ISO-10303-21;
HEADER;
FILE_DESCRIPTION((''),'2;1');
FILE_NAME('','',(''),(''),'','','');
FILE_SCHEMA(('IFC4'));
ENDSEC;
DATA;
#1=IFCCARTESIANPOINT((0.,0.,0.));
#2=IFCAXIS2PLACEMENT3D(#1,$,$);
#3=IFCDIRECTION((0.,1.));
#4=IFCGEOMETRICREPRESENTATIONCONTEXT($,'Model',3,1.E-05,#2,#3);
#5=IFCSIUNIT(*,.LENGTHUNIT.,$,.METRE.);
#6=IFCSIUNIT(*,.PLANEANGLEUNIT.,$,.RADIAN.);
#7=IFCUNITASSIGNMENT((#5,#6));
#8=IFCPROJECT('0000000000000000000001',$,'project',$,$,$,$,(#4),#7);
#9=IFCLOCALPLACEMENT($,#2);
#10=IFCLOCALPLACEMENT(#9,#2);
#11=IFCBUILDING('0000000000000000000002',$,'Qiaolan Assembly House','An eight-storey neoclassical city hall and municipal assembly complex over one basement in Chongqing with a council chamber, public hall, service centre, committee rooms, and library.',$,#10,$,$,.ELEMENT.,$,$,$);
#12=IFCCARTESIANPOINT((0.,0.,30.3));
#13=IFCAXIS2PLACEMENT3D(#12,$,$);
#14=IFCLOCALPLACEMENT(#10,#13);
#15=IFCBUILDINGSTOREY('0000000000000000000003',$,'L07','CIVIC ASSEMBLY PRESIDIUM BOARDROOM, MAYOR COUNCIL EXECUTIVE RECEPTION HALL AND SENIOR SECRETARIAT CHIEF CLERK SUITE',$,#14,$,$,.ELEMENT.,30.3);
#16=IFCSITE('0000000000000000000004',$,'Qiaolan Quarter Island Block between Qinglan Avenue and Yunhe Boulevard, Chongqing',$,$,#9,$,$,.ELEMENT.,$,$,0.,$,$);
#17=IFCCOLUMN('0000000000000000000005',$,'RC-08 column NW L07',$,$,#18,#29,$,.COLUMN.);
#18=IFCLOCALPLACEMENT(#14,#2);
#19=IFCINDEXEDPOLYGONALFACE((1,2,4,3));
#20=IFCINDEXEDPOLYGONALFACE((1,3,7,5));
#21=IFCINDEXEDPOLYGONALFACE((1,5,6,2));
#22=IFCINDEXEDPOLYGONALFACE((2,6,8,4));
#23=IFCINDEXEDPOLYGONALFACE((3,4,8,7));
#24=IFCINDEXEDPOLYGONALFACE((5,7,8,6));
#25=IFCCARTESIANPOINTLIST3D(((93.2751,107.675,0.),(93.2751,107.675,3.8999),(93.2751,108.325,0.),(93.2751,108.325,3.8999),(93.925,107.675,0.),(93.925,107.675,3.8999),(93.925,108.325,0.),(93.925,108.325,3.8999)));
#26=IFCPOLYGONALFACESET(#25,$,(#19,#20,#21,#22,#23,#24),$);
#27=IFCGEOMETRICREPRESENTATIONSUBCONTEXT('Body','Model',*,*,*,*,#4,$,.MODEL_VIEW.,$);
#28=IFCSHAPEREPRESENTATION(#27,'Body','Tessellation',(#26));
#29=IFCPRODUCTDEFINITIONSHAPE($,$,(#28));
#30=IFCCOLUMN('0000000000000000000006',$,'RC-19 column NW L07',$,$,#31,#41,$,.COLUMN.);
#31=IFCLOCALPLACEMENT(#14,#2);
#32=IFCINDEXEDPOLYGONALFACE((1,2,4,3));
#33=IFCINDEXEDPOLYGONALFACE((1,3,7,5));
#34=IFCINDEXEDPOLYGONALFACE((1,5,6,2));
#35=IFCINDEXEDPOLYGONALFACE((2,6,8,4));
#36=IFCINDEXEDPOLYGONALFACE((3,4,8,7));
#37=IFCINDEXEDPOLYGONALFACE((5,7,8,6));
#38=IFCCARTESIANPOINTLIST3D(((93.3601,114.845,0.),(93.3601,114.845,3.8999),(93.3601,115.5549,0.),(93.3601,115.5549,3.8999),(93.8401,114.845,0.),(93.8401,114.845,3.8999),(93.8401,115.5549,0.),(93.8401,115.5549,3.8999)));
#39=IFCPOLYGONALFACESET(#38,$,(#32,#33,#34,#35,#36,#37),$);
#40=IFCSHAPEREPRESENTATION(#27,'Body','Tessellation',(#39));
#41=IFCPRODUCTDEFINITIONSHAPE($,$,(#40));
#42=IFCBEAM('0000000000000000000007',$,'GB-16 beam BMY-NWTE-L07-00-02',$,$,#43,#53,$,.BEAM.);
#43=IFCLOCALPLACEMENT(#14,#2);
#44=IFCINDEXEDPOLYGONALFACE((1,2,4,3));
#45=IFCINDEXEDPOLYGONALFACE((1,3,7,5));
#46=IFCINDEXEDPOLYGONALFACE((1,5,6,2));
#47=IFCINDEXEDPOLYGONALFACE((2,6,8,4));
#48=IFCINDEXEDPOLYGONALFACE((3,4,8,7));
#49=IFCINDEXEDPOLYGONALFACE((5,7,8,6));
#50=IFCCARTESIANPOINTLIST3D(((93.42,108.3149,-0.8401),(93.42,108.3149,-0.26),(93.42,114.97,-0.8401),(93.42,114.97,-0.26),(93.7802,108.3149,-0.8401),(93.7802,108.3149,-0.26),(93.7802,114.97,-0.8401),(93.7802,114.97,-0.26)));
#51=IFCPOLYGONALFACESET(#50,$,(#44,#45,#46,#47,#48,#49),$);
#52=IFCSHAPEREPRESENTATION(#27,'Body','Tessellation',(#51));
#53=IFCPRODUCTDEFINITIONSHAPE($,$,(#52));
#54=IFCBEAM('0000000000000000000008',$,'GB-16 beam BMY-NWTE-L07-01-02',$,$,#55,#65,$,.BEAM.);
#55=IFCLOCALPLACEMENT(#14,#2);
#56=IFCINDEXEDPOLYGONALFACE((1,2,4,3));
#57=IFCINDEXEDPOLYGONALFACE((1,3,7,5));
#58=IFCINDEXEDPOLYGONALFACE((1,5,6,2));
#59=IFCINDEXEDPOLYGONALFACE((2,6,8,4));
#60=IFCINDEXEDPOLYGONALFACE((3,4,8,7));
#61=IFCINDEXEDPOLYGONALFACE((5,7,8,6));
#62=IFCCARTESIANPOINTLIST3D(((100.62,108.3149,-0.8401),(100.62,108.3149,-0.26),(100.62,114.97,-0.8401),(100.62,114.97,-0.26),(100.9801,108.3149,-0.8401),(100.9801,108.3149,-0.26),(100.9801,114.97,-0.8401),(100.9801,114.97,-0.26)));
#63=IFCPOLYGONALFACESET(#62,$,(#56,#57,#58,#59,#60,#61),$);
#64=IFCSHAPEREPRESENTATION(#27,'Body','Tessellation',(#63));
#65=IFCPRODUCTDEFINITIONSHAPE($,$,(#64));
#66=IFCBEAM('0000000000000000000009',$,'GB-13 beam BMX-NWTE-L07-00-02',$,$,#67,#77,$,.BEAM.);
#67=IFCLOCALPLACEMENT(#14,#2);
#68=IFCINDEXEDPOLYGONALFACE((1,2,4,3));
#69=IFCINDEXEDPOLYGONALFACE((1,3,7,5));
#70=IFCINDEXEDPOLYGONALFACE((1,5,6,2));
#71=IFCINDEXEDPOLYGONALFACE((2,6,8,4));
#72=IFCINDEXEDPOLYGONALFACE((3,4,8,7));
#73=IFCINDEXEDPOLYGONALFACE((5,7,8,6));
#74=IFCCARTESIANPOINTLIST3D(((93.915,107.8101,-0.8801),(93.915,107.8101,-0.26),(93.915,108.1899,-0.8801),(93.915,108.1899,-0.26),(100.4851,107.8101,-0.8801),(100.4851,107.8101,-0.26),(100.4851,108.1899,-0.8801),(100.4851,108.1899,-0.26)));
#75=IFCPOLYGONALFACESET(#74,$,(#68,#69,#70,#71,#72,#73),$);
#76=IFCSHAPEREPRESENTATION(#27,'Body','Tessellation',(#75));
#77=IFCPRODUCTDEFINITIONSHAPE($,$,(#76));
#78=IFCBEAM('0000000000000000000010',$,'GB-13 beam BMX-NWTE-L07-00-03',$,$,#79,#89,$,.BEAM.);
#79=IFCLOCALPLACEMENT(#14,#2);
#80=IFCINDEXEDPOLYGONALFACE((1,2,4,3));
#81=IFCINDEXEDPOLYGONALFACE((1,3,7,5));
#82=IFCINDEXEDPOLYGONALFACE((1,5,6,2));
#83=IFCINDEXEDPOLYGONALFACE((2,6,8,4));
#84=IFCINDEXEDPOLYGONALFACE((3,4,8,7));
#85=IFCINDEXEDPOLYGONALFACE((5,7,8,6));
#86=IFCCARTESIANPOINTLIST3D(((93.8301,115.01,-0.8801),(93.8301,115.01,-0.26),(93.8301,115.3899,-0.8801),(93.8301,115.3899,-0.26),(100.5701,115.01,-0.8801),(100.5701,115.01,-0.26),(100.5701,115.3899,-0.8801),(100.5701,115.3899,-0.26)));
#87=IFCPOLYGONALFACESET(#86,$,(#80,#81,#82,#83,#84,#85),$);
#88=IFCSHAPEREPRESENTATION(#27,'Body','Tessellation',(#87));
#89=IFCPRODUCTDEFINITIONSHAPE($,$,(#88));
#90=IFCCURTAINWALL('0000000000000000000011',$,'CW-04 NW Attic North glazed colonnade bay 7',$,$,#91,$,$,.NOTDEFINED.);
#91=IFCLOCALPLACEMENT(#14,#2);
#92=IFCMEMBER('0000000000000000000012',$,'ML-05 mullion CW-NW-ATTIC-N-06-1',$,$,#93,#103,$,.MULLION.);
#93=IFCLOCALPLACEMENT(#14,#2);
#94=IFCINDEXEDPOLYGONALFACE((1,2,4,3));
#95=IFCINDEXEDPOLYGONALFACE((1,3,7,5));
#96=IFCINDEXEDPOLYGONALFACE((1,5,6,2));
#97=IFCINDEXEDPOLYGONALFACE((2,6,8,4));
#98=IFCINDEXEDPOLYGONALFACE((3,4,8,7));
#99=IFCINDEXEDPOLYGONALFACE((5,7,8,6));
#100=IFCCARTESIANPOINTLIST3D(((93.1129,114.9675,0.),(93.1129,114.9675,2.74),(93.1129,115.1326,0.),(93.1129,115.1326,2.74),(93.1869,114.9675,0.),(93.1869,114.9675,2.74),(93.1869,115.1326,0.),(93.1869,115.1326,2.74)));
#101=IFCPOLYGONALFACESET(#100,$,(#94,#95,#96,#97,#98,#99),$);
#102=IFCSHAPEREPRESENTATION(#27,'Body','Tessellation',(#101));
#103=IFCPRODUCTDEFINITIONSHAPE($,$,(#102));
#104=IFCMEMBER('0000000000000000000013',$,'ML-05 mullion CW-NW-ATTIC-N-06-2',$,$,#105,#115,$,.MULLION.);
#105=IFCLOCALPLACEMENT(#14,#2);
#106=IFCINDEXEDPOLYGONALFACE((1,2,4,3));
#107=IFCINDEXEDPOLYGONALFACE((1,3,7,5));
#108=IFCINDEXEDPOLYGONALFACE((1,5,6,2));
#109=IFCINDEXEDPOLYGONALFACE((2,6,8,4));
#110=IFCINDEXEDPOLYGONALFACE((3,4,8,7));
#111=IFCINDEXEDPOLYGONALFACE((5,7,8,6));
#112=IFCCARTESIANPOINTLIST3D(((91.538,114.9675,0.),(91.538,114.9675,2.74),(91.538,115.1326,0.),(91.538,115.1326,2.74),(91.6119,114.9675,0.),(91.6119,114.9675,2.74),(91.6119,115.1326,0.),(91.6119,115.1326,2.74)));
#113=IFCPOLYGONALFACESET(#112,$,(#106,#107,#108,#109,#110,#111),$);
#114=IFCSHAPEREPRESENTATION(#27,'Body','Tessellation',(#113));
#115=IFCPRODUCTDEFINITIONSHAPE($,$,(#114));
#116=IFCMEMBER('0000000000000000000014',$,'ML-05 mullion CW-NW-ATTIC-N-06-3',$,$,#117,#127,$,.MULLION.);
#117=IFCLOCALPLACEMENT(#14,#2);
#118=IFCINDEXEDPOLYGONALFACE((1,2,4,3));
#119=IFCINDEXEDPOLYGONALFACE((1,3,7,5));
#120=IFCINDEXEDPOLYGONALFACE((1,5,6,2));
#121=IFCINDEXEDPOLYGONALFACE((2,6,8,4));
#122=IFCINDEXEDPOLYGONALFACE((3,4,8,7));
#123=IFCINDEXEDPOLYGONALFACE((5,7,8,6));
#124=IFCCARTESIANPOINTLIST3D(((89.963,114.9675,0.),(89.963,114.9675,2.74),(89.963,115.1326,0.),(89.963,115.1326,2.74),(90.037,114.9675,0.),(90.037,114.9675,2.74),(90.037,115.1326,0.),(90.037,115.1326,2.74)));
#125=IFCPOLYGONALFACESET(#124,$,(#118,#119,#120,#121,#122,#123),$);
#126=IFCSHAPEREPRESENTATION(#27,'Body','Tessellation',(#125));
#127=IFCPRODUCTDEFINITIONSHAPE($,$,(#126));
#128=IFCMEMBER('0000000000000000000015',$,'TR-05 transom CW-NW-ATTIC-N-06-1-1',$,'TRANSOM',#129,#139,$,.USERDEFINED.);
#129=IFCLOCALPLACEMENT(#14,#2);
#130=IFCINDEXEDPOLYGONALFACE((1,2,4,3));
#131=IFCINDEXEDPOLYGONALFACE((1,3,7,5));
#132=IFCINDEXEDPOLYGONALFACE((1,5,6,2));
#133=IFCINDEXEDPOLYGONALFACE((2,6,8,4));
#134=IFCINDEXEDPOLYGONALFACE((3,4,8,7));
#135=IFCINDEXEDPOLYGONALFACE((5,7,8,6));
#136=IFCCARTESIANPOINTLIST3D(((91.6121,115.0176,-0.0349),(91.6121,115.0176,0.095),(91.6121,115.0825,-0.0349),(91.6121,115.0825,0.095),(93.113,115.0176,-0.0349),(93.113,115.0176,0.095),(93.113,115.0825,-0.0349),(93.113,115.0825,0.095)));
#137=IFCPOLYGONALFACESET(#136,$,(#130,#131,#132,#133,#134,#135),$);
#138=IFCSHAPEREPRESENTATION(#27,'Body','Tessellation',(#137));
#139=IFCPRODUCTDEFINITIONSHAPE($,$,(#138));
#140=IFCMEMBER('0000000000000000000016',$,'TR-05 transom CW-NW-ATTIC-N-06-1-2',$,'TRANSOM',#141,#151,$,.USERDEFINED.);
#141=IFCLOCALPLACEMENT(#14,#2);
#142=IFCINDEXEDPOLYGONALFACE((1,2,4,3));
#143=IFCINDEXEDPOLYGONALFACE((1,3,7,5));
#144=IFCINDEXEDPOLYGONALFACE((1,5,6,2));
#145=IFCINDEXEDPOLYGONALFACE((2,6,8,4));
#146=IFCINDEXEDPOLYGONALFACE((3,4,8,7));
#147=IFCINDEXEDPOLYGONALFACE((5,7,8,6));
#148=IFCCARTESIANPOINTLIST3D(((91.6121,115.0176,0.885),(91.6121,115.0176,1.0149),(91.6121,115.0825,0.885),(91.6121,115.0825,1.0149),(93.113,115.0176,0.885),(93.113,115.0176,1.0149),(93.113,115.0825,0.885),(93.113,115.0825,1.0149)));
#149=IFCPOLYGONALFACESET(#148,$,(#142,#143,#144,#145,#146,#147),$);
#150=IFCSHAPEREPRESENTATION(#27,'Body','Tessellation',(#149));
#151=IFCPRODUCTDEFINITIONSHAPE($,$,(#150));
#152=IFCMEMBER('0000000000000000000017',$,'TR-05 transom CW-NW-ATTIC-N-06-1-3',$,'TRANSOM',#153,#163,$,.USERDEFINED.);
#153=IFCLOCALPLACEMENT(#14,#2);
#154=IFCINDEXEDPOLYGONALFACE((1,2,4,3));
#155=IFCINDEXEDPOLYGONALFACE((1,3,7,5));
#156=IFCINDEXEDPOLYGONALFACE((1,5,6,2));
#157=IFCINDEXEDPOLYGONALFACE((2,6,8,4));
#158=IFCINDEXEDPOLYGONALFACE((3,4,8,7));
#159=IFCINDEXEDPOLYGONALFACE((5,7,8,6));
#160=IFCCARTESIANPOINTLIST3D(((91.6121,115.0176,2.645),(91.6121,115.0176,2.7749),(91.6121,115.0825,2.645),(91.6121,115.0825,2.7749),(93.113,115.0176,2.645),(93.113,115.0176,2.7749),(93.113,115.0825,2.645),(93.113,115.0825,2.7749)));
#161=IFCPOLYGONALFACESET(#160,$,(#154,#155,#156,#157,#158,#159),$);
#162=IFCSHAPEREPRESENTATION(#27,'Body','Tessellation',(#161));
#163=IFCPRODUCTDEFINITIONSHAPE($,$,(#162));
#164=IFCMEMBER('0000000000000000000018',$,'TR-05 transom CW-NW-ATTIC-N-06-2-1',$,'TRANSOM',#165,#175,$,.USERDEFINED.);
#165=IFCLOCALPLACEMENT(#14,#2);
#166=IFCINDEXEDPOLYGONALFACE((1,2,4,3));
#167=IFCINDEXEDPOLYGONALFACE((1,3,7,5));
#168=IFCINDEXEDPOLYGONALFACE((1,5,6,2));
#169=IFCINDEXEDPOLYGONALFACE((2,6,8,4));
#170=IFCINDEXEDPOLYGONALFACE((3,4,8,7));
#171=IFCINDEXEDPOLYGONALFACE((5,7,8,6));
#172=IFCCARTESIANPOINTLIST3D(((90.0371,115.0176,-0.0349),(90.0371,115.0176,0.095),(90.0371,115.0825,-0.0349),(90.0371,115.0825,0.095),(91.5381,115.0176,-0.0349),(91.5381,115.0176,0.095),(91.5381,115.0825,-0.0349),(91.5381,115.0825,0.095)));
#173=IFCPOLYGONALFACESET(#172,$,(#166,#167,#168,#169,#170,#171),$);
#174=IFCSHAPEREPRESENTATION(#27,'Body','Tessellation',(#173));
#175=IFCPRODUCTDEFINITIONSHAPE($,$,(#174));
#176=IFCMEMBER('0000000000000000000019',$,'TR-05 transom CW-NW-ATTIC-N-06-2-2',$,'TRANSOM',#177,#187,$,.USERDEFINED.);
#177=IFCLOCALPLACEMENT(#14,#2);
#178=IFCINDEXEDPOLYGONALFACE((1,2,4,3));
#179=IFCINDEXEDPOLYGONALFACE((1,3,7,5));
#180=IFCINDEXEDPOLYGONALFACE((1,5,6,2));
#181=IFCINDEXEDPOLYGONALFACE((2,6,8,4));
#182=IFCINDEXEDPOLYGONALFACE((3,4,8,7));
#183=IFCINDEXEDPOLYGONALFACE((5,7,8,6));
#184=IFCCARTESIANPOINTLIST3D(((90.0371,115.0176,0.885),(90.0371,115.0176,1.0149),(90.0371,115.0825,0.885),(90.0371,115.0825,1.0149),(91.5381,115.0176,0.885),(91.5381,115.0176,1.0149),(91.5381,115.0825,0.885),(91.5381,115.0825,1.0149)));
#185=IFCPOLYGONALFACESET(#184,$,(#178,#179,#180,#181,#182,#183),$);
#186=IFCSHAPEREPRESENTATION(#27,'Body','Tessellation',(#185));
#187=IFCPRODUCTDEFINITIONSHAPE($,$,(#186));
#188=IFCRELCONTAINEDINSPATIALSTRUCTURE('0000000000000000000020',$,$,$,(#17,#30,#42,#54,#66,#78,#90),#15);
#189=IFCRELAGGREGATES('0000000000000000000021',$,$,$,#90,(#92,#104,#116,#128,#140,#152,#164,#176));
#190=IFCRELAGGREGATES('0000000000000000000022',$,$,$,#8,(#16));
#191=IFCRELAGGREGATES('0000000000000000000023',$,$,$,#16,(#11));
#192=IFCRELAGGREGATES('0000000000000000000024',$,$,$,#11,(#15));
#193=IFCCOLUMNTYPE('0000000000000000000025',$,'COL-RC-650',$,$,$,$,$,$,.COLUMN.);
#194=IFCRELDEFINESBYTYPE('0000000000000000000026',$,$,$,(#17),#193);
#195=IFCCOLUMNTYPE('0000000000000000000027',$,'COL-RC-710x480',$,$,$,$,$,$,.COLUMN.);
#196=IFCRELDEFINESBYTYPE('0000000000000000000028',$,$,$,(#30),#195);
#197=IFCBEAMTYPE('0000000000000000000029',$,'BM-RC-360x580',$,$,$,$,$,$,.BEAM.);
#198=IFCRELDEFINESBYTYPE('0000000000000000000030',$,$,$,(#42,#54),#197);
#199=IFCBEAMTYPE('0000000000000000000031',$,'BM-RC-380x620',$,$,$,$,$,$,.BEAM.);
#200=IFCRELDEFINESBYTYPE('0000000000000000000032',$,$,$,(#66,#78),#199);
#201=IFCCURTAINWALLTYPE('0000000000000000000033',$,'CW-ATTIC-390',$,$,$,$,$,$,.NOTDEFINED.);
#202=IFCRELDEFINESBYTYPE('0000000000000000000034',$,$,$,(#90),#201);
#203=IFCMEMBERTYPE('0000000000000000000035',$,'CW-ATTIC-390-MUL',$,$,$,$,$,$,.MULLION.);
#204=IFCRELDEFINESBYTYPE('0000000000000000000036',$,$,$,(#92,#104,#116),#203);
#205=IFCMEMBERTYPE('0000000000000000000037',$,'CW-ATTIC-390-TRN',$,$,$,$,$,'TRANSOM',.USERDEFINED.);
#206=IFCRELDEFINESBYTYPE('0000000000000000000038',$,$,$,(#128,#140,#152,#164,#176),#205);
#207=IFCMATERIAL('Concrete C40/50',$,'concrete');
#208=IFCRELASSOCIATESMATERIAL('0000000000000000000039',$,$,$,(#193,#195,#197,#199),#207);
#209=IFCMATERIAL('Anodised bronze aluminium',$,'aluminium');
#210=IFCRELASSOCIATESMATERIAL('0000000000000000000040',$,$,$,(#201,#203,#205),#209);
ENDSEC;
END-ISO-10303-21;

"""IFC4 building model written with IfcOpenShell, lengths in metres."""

from ifc_helpers import new_model, si_unit, direction, frame, origin, origin_2d, place, context, subcontext, project, spatial, rectangle, extrude, material, material_profile, profile_set, type_object, element, aggregate, save


model = new_model("IFC4")

# Units and contexts
model_context = context("Model", 3, precision=1e-05, world=origin(), true_north=direction((0.0, 1.0)))
body_context = subcontext(model_context, "Body", "Model", "MODEL_VIEW")
ifc_project = project(units=[si_unit("LENGTHUNIT", "METRE"), si_unit("PLANEANGLEUNIT", "RADIAN")], contexts=[model_context])

# Site, building, storey
site_placement = place(None, origin())
site = spatial("IfcSite", under=ifc_project, at=site_placement, Name="Qiaolan Quarter Island Block between Qinglan Avenue and Yunhe Boulevard, Chongqing", CompositionType="ELEMENT", RefElevation=0.0)
building_placement = place(site_placement, origin())
building = spatial("IfcBuilding", under=site, at=building_placement, Name="Qiaolan Assembly House", Description="An eight-storey neoclassical city hall and municipal assembly complex over one basement in Chongqing with a council chamber, public hall, service centre, committee rooms, and library.", CompositionType="ELEMENT")
storey_placement = place(building_placement, frame((0.0, 0.0, 30.3)))
storey = spatial("IfcBuildingStorey", under=building, at=storey_placement, Name="L07", Description="CIVIC ASSEMBLY PRESIDIUM BOARDROOM, MAYOR COUNCIL EXECUTIVE RECEPTION HALL AND SENIOR SECRETARIAT CHIEF CLERK SUITE", CompositionType="ELEMENT", Elevation=30.3)

# Columns
ifc_material_1 = material(Name="Concrete C40/50", Category="concrete")
ifc_material_profile_1 = material_profile(ifc_material_1, rectangle(XDim=0.6499, YDim=0.6499, at=origin_2d()), Name="RC 650x650")
ifc_profile_set_1 = profile_set([ifc_material_profile_1], Name="Concrete C40/50")
column_type_1 = type_object("IfcColumnType", Name="COL-RC-650", PredefinedType="COLUMN", material=ifc_profile_set_1)
column_1_placement = place(storey_placement, frame((93.6001, 108.0, 0.0), z_axis=(0.0, 0.0, 1.0), x_axis=(1.0, 0.0, 0.0)))
element("IfcColumn", 1, at=column_1_placement, inside=storey, type_object=column_type_1, Name="RC-08 column NW L07", PredefinedType="COLUMN", context=body_context, shape_type="SweptSolid", body=[
    extrude(rectangle(XDim=0.6499, YDim=0.6499, at=origin_2d()), origin(), (0.0, 0.0, 1.0), 3.8999),
])
ifc_material_profile_2 = material_profile(ifc_material_1, rectangle(XDim=0.48, YDim=0.71, at=origin_2d()), Name="RC 710x480")
ifc_profile_set_2 = profile_set([ifc_material_profile_2], Name="Concrete C40/50")
column_type_2 = type_object("IfcColumnType", Name="COL-RC-710x480", PredefinedType="COLUMN", material=ifc_profile_set_2)
column_2_placement = place(storey_placement, frame((93.6001, 115.2, 0.0), z_axis=(0.0, 0.0, 1.0), x_axis=(1.0, 0.0, 0.0)))
element("IfcColumn", 2, at=column_2_placement, inside=storey, type_object=column_type_2, Name="RC-19 column NW L07", PredefinedType="COLUMN", context=body_context, shape_type="SweptSolid", body=[
    extrude(rectangle(XDim=0.48, YDim=0.71, at=origin_2d()), origin(), (0.0, 0.0, 1.0), 3.8999),
])

# Beams
ifc_material_profile_3 = material_profile(ifc_material_1, rectangle(XDim=0.3601, YDim=0.5801, at=origin_2d()), Name="RCB 360x580")
ifc_profile_set_3 = profile_set([ifc_material_profile_3], Name="Concrete C40/50")
beam_type_1 = type_object("IfcBeamType", Name="BM-RC-360x580", PredefinedType="BEAM", material=ifc_profile_set_3)
for number, where, z_axis, x_axis, name in (
    (3, (93.6001, 108.3149, -0.55), (0.0, 1.0, 0.0), (-1.0, 0.0, 0.0), "GB-16 beam BMY-NWTE-L07-00-02"),
    (4, (100.8, 108.3149, -0.55), (0.0, 1.0, 0.0), (-1.0, 0.0, 0.0), "GB-16 beam BMY-NWTE-L07-01-02"),
):
    element("IfcBeam", number, at=place(storey_placement, frame(where, z_axis=z_axis, x_axis=x_axis)), inside=storey, type_object=beam_type_1, Name=name, PredefinedType="BEAM", context=body_context, shape_type="SweptSolid", body=[
        extrude(rectangle(XDim=0.3601, YDim=0.5801, at=origin_2d()), origin(), (0.0, 0.0, 1.0), 6.655),
    ])
ifc_material_profile_4 = material_profile(ifc_material_1, rectangle(XDim=0.3799, YDim=0.6201, at=origin_2d()), Name="RCB 380x620")
ifc_profile_set_4 = profile_set([ifc_material_profile_4], Name="Concrete C40/50")
beam_type_2 = type_object("IfcBeamType", Name="BM-RC-380x620", PredefinedType="BEAM", material=ifc_profile_set_4)
beam_1_placement = place(storey_placement, frame((93.915, 108.0, -0.5701), z_axis=(1.0, 0.0, 0.0), x_axis=(0.0, 1.0, 0.0)))
element("IfcBeam", 5, at=beam_1_placement, inside=storey, type_object=beam_type_2, Name="GB-13 beam BMX-NWTE-L07-00-02", PredefinedType="BEAM", context=body_context, shape_type="SweptSolid", body=[
    extrude(rectangle(XDim=0.3799, YDim=0.6201, at=origin_2d()), origin(), (0.0, 0.0, 1.0), 6.5701),
])
beam_2_placement = place(storey_placement, frame((93.8301, 115.2, -0.5701), z_axis=(1.0, 0.0, 0.0), x_axis=(0.0, 1.0, 0.0)))
element("IfcBeam", 6, at=beam_2_placement, inside=storey, type_object=beam_type_2, Name="GB-13 beam BMX-NWTE-L07-00-03", PredefinedType="BEAM", context=body_context, shape_type="SweptSolid", body=[
    extrude(rectangle(XDim=0.3799, YDim=0.6201, at=origin_2d()), origin(), (0.0, 0.0, 1.0), 6.74),
])

# Curtain wall, members
ifc_material_2 = material(Name="Anodised bronze aluminium", Category="aluminium")
curtain_wall_type = type_object("IfcCurtainWallType", Name="CW-ATTIC-390", PredefinedType="NOTDEFINED", material=ifc_material_2)
curtain_wall_placement = place(storey_placement, origin())
curtain_wall = element("IfcCurtainWall", 7, at=curtain_wall_placement, inside=storey, type_object=curtain_wall_type, Name="CW-04 NW Attic North glazed colonnade bay 7", PredefinedType="NOTDEFINED")
ifc_material_profile_5 = material_profile(ifc_material_2, rectangle(XDim=0.074, YDim=0.165, at=origin_2d()), Name="MUL 74x165")
ifc_profile_set_5 = profile_set([ifc_material_profile_5], Name="Anodised bronze aluminium")
member_type_1 = type_object("IfcMemberType", Name="CW-ATTIC-390-MUL", PredefinedType="MULLION", material=ifc_profile_set_5)
member_1_placement = place(storey_placement, frame((93.1499, 115.05, 0.0), z_axis=(0.0, 0.0, 1.0), x_axis=(-1.0, 0.0, 0.0)))
member_1 = element("IfcMember", 8, at=member_1_placement, type_object=member_type_1, Name="ML-05 mullion CW-NW-ATTIC-N-06-1", PredefinedType="MULLION", context=body_context, shape_type="SweptSolid", body=[
    extrude(rectangle(XDim=0.074, YDim=0.165, at=origin_2d()), origin(), (0.0, 0.0, 1.0), 2.74),
])
member_2_placement = place(storey_placement, frame((91.575, 115.05, 0.0), z_axis=(0.0, 0.0, 1.0), x_axis=(-1.0, 0.0, 0.0)))
member_2 = element("IfcMember", 9, at=member_2_placement, type_object=member_type_1, Name="ML-05 mullion CW-NW-ATTIC-N-06-2", PredefinedType="MULLION", context=body_context, shape_type="SweptSolid", body=[
    extrude(rectangle(XDim=0.074, YDim=0.165, at=origin_2d()), origin(), (0.0, 0.0, 1.0), 2.74),
])
member_3_placement = place(storey_placement, frame((90.0, 115.05, 0.0), z_axis=(0.0, 0.0, 1.0), x_axis=(-1.0, 0.0, 0.0)))
member_3 = element("IfcMember", 10, at=member_3_placement, type_object=member_type_1, Name="ML-05 mullion CW-NW-ATTIC-N-06-3", PredefinedType="MULLION", context=body_context, shape_type="SweptSolid", body=[
    extrude(rectangle(XDim=0.074, YDim=0.165, at=origin_2d()), origin(), (0.0, 0.0, 1.0), 2.74),
])
ifc_material_profile_6 = material_profile(ifc_material_2, rectangle(XDim=0.0649, YDim=0.1299, at=origin_2d()), Name="TRN 65x130")
ifc_profile_set_6 = profile_set([ifc_material_profile_6], Name="Anodised bronze aluminium")
member_type_2 = type_object("IfcMemberType", Name="CW-ATTIC-390-TRN", ElementType="TRANSOM", PredefinedType="USERDEFINED", material=ifc_profile_set_6)
member_4_placement = place(storey_placement, frame((93.113, 115.05, 0.03), z_axis=(-1.0, 0.0, 0.0), x_axis=(0.0, -1.0, 0.0)))
member_4 = element("IfcMember", 11, at=member_4_placement, type_object=member_type_2, Name="TR-05 transom CW-NW-ATTIC-N-06-1-1", ObjectType="TRANSOM", PredefinedType="USERDEFINED", context=body_context, shape_type="SweptSolid", body=[
    extrude(rectangle(XDim=0.0649, YDim=0.1299, at=origin_2d()), origin(), (0.0, 0.0, 1.0), 1.501),
])
member_5_placement = place(storey_placement, frame((93.113, 115.05, 0.95), z_axis=(-1.0, 0.0, 0.0), x_axis=(0.0, -1.0, 0.0)))
member_5 = element("IfcMember", 12, at=member_5_placement, type_object=member_type_2, Name="TR-05 transom CW-NW-ATTIC-N-06-1-2", ObjectType="TRANSOM", PredefinedType="USERDEFINED", context=body_context, shape_type="SweptSolid", body=[
    extrude(rectangle(XDim=0.0649, YDim=0.1299, at=origin_2d()), origin(), (0.0, 0.0, 1.0), 1.501),
])
member_6_placement = place(storey_placement, frame((93.113, 115.05, 2.71), z_axis=(-1.0, 0.0, 0.0), x_axis=(0.0, -1.0, 0.0)))
member_6 = element("IfcMember", 13, at=member_6_placement, type_object=member_type_2, Name="TR-05 transom CW-NW-ATTIC-N-06-1-3", ObjectType="TRANSOM", PredefinedType="USERDEFINED", context=body_context, shape_type="SweptSolid", body=[
    extrude(rectangle(XDim=0.0649, YDim=0.1299, at=origin_2d()), origin(), (0.0, 0.0, 1.0), 1.501),
])
member_7_placement = place(storey_placement, frame((91.5381, 115.05, 0.03), z_axis=(-1.0, 0.0, 0.0), x_axis=(0.0, -1.0, 0.0)))
member_7 = element("IfcMember", 14, at=member_7_placement, type_object=member_type_2, Name="TR-05 transom CW-NW-ATTIC-N-06-2-1", ObjectType="TRANSOM", PredefinedType="USERDEFINED", context=body_context, shape_type="SweptSolid", body=[
    extrude(rectangle(XDim=0.0649, YDim=0.1299, at=origin_2d()), origin(), (0.0, 0.0, 1.0), 1.501),
])
member_8_placement = place(storey_placement, frame((91.5381, 115.05, 0.95), z_axis=(-1.0, 0.0, 0.0), x_axis=(0.0, -1.0, 0.0)))
member_8 = element("IfcMember", 15, at=member_8_placement, type_object=member_type_2, Name="TR-05 transom CW-NW-ATTIC-N-06-2-2", ObjectType="TRANSOM", PredefinedType="USERDEFINED", context=body_context, shape_type="SweptSolid", body=[
    extrude(rectangle(XDim=0.0649, YDim=0.1299, at=origin_2d()), origin(), (0.0, 0.0, 1.0), 1.501),
])

aggregate(curtain_wall, [member_1, member_2, member_3, member_4, member_5, member_6, member_7, member_8])

save(model, "model.ifc")
